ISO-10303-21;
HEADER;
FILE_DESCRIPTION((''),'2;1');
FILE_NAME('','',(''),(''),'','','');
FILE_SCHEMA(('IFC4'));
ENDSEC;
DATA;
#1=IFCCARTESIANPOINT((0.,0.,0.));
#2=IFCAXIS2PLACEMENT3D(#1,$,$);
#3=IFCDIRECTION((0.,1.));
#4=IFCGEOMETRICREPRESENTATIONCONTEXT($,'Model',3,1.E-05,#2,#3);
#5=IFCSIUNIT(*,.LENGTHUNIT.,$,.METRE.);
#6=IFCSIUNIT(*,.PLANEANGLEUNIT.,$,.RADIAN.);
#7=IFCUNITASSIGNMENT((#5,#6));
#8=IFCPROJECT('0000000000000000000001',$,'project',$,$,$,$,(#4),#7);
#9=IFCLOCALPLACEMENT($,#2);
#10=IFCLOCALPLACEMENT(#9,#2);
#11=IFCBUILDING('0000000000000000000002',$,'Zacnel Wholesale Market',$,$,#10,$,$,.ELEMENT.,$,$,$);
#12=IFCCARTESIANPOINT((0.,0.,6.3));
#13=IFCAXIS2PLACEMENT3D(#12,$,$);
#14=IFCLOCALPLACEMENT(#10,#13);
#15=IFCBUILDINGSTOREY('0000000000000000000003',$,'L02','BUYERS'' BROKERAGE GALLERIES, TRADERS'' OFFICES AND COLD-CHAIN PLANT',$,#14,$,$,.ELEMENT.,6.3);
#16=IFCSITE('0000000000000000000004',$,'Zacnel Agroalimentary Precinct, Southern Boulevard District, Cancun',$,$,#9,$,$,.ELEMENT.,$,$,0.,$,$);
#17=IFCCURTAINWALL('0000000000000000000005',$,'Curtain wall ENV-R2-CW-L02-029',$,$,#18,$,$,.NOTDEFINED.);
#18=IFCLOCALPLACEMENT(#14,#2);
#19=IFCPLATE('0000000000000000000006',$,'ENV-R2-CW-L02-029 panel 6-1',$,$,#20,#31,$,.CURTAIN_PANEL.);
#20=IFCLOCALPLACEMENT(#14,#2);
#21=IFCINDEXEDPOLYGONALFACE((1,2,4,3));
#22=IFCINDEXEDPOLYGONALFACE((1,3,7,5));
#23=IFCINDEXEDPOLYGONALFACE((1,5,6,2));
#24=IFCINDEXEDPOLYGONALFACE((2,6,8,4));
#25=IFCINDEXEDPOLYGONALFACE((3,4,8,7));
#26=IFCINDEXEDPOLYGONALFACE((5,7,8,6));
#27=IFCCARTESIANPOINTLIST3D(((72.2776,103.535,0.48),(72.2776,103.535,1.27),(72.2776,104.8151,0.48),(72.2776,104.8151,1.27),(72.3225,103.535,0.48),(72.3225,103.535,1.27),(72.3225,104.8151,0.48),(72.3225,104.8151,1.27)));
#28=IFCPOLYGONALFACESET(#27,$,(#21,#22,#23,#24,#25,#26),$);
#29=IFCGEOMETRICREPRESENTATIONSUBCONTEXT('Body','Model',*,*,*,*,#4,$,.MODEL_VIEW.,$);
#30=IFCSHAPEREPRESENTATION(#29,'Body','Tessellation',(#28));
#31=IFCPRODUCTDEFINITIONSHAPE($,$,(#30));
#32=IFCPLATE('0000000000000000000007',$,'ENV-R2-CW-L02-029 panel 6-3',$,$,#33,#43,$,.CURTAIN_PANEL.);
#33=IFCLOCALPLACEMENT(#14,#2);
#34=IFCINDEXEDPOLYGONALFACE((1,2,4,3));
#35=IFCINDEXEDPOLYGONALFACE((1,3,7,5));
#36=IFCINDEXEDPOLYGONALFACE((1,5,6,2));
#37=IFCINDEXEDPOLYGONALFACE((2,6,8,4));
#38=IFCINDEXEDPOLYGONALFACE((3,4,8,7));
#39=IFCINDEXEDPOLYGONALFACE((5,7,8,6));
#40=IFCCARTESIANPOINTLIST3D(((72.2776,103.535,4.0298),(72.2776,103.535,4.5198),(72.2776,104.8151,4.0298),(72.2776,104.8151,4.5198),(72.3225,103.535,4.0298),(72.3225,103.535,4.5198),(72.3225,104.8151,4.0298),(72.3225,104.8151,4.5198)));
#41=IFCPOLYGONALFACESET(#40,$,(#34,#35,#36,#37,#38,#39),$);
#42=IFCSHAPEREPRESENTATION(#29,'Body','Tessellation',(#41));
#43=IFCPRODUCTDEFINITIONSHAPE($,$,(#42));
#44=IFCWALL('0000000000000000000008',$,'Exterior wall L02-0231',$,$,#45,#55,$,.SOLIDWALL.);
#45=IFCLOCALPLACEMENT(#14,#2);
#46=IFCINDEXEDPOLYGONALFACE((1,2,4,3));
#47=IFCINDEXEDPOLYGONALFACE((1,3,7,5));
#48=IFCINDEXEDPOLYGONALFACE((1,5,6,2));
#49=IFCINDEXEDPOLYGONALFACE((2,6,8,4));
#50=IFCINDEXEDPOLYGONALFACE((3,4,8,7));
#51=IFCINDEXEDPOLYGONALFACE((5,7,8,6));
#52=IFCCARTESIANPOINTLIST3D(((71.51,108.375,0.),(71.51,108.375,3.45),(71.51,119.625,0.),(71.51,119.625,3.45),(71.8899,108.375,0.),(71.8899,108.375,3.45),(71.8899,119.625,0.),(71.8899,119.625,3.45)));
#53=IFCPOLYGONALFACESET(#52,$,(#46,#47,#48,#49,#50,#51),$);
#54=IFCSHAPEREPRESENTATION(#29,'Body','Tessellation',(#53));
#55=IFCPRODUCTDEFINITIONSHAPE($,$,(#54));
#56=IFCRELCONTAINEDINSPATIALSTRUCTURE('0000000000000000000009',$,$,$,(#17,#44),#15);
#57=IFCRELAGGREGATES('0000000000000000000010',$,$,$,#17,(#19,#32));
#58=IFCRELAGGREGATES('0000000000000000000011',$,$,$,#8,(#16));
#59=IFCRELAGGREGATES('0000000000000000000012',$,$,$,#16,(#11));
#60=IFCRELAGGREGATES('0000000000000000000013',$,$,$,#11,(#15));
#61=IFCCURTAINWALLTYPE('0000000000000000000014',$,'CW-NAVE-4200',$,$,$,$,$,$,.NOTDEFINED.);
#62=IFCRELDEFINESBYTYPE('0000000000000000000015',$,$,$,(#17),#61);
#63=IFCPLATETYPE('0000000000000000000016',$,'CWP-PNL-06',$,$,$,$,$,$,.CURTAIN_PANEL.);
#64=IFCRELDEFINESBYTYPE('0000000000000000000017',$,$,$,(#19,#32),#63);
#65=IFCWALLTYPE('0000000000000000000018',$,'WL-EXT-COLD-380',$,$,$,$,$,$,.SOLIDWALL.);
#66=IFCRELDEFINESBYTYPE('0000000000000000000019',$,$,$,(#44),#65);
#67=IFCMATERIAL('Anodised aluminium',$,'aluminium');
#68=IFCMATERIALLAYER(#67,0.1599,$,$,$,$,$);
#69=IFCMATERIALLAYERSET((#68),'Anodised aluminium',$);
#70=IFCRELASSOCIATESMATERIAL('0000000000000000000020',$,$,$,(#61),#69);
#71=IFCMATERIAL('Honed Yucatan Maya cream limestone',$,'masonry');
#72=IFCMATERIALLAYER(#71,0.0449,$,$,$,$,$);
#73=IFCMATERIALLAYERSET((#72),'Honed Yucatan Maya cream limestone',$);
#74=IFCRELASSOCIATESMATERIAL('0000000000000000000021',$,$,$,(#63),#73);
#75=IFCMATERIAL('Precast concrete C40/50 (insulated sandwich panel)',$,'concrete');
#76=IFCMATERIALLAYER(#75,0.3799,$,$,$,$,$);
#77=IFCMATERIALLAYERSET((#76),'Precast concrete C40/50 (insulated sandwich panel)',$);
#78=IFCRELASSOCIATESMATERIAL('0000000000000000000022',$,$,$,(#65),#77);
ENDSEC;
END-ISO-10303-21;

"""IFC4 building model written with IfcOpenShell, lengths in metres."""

from ifc_helpers import new_model, si_unit, direction, frame, frame_2d, origin, origin_2d, place, context, subcontext, project, spatial, rectangle, extrude, material, layer, layer_set, type_object, element, aggregate, save


model = new_model("IFC4")

# Units and contexts
model_context = context("Model", 3, precision=1e-05, world=origin(), true_north=direction((0.0, 1.0)))
body_context = subcontext(model_context, "Body", "Model", "MODEL_VIEW")
ifc_project = project(units=[si_unit("LENGTHUNIT", "METRE"), si_unit("PLANEANGLEUNIT", "RADIAN")], contexts=[model_context])

# Site, building, storey
site_placement = place(None, origin())
site = spatial("IfcSite", under=ifc_project, at=site_placement, Name="Zacnel Agroalimentary Precinct, Southern Boulevard District, Cancun", CompositionType="ELEMENT", RefElevation=0.0)
building_placement = place(site_placement, origin())
building = spatial("IfcBuilding", under=site, at=building_placement, Name="Zacnel Wholesale Market", CompositionType="ELEMENT")
storey_placement = place(building_placement, frame((0.0, 0.0, 6.3)))
storey = spatial("IfcBuildingStorey", under=building, at=storey_placement, Name="L02", Description="BUYERS' BROKERAGE GALLERIES, TRADERS' OFFICES AND COLD-CHAIN PLANT", CompositionType="ELEMENT", Elevation=6.3)

# Curtain wall, plates
ifc_material_1 = material(Name="Anodised aluminium", Category="aluminium")
ifc_layer_1 = layer(ifc_material_1, 0.1599)
ifc_layer_set_1 = layer_set([ifc_layer_1], Name="Anodised aluminium")
curtain_wall_type = type_object("IfcCurtainWallType", Name="CW-NAVE-4200", PredefinedType="NOTDEFINED", material=ifc_layer_set_1)
curtain_wall_placement = place(storey_placement, origin())
curtain_wall = element("IfcCurtainWall", 1, at=curtain_wall_placement, inside=storey, type_object=curtain_wall_type, Name="Curtain wall ENV-R2-CW-L02-029", PredefinedType="NOTDEFINED")
ifc_material_2 = material(Name="Honed Yucatan Maya cream limestone", Category="masonry")
ifc_layer_2 = layer(ifc_material_2, 0.0449)
ifc_layer_set_2 = layer_set([ifc_layer_2], Name="Honed Yucatan Maya cream limestone")
plate_type_1 = type_object("IfcPlateType", Name="CWP-PNL-06", PredefinedType="CURTAIN_PANEL", material=ifc_layer_set_2)
plate_1_placement = place(storey_placement, frame((72.3, 104.175, 0.48), z_axis=(0.0, 0.0, 1.0), x_axis=(0.0, 1.0, 0.0)))
plate_1 = element("IfcPlate", 2, at=plate_1_placement, type_object=plate_type_1, Name="ENV-R2-CW-L02-029 panel 6-1", PredefinedType="CURTAIN_PANEL", context=body_context, shape_type="SweptSolid", body=[
    extrude(rectangle(XDim=1.28, YDim=0.0449, at=origin_2d()), origin(), (0.0, 0.0, 1.0), 0.79),
])
plate_2_placement = place(storey_placement, frame((72.3, 104.175, 4.0298), z_axis=(0.0, 0.0, 1.0), x_axis=(0.0, 1.0, 0.0)))
plate_2 = element("IfcPlate", 3, at=plate_2_placement, type_object=plate_type_1, Name="ENV-R2-CW-L02-029 panel 6-3", PredefinedType="CURTAIN_PANEL", context=body_context, shape_type="SweptSolid", body=[
    extrude(rectangle(XDim=1.28, YDim=0.0449, at=origin_2d()), origin(), (0.0, 0.0, 1.0), 0.49),
])
aggregate(curtain_wall, [plate_1, plate_2])

# Wall
ifc_material_3 = material(Name="Precast concrete C40/50 (insulated sandwich panel)", Category="concrete")
ifc_layer_3 = layer(ifc_material_3, 0.3799)
ifc_layer_set_3 = layer_set([ifc_layer_3], Name="Precast concrete C40/50 (insulated sandwich panel)")
wall_type = type_object("IfcWallType", Name="WL-EXT-COLD-380", PredefinedType="SOLIDWALL", material=ifc_layer_set_3)
wall_placement = place(storey_placement, frame((71.7, 108.375, 0.0), z_axis=(0.0, 0.0, 1.0), x_axis=(0.0, 1.0, 0.0)))
element("IfcWall", 4, at=wall_placement, inside=storey, type_object=wall_type, Name="Exterior wall L02-0231", PredefinedType="SOLIDWALL", context=body_context, shape_type="SweptSolid", body=[
    extrude(rectangle(XDim=11.25, YDim=0.3799, at=frame_2d((5.625, 0.0))), origin(), (0.0, 0.0, 1.0), 3.45),
])

save(model, "model.ifc")
